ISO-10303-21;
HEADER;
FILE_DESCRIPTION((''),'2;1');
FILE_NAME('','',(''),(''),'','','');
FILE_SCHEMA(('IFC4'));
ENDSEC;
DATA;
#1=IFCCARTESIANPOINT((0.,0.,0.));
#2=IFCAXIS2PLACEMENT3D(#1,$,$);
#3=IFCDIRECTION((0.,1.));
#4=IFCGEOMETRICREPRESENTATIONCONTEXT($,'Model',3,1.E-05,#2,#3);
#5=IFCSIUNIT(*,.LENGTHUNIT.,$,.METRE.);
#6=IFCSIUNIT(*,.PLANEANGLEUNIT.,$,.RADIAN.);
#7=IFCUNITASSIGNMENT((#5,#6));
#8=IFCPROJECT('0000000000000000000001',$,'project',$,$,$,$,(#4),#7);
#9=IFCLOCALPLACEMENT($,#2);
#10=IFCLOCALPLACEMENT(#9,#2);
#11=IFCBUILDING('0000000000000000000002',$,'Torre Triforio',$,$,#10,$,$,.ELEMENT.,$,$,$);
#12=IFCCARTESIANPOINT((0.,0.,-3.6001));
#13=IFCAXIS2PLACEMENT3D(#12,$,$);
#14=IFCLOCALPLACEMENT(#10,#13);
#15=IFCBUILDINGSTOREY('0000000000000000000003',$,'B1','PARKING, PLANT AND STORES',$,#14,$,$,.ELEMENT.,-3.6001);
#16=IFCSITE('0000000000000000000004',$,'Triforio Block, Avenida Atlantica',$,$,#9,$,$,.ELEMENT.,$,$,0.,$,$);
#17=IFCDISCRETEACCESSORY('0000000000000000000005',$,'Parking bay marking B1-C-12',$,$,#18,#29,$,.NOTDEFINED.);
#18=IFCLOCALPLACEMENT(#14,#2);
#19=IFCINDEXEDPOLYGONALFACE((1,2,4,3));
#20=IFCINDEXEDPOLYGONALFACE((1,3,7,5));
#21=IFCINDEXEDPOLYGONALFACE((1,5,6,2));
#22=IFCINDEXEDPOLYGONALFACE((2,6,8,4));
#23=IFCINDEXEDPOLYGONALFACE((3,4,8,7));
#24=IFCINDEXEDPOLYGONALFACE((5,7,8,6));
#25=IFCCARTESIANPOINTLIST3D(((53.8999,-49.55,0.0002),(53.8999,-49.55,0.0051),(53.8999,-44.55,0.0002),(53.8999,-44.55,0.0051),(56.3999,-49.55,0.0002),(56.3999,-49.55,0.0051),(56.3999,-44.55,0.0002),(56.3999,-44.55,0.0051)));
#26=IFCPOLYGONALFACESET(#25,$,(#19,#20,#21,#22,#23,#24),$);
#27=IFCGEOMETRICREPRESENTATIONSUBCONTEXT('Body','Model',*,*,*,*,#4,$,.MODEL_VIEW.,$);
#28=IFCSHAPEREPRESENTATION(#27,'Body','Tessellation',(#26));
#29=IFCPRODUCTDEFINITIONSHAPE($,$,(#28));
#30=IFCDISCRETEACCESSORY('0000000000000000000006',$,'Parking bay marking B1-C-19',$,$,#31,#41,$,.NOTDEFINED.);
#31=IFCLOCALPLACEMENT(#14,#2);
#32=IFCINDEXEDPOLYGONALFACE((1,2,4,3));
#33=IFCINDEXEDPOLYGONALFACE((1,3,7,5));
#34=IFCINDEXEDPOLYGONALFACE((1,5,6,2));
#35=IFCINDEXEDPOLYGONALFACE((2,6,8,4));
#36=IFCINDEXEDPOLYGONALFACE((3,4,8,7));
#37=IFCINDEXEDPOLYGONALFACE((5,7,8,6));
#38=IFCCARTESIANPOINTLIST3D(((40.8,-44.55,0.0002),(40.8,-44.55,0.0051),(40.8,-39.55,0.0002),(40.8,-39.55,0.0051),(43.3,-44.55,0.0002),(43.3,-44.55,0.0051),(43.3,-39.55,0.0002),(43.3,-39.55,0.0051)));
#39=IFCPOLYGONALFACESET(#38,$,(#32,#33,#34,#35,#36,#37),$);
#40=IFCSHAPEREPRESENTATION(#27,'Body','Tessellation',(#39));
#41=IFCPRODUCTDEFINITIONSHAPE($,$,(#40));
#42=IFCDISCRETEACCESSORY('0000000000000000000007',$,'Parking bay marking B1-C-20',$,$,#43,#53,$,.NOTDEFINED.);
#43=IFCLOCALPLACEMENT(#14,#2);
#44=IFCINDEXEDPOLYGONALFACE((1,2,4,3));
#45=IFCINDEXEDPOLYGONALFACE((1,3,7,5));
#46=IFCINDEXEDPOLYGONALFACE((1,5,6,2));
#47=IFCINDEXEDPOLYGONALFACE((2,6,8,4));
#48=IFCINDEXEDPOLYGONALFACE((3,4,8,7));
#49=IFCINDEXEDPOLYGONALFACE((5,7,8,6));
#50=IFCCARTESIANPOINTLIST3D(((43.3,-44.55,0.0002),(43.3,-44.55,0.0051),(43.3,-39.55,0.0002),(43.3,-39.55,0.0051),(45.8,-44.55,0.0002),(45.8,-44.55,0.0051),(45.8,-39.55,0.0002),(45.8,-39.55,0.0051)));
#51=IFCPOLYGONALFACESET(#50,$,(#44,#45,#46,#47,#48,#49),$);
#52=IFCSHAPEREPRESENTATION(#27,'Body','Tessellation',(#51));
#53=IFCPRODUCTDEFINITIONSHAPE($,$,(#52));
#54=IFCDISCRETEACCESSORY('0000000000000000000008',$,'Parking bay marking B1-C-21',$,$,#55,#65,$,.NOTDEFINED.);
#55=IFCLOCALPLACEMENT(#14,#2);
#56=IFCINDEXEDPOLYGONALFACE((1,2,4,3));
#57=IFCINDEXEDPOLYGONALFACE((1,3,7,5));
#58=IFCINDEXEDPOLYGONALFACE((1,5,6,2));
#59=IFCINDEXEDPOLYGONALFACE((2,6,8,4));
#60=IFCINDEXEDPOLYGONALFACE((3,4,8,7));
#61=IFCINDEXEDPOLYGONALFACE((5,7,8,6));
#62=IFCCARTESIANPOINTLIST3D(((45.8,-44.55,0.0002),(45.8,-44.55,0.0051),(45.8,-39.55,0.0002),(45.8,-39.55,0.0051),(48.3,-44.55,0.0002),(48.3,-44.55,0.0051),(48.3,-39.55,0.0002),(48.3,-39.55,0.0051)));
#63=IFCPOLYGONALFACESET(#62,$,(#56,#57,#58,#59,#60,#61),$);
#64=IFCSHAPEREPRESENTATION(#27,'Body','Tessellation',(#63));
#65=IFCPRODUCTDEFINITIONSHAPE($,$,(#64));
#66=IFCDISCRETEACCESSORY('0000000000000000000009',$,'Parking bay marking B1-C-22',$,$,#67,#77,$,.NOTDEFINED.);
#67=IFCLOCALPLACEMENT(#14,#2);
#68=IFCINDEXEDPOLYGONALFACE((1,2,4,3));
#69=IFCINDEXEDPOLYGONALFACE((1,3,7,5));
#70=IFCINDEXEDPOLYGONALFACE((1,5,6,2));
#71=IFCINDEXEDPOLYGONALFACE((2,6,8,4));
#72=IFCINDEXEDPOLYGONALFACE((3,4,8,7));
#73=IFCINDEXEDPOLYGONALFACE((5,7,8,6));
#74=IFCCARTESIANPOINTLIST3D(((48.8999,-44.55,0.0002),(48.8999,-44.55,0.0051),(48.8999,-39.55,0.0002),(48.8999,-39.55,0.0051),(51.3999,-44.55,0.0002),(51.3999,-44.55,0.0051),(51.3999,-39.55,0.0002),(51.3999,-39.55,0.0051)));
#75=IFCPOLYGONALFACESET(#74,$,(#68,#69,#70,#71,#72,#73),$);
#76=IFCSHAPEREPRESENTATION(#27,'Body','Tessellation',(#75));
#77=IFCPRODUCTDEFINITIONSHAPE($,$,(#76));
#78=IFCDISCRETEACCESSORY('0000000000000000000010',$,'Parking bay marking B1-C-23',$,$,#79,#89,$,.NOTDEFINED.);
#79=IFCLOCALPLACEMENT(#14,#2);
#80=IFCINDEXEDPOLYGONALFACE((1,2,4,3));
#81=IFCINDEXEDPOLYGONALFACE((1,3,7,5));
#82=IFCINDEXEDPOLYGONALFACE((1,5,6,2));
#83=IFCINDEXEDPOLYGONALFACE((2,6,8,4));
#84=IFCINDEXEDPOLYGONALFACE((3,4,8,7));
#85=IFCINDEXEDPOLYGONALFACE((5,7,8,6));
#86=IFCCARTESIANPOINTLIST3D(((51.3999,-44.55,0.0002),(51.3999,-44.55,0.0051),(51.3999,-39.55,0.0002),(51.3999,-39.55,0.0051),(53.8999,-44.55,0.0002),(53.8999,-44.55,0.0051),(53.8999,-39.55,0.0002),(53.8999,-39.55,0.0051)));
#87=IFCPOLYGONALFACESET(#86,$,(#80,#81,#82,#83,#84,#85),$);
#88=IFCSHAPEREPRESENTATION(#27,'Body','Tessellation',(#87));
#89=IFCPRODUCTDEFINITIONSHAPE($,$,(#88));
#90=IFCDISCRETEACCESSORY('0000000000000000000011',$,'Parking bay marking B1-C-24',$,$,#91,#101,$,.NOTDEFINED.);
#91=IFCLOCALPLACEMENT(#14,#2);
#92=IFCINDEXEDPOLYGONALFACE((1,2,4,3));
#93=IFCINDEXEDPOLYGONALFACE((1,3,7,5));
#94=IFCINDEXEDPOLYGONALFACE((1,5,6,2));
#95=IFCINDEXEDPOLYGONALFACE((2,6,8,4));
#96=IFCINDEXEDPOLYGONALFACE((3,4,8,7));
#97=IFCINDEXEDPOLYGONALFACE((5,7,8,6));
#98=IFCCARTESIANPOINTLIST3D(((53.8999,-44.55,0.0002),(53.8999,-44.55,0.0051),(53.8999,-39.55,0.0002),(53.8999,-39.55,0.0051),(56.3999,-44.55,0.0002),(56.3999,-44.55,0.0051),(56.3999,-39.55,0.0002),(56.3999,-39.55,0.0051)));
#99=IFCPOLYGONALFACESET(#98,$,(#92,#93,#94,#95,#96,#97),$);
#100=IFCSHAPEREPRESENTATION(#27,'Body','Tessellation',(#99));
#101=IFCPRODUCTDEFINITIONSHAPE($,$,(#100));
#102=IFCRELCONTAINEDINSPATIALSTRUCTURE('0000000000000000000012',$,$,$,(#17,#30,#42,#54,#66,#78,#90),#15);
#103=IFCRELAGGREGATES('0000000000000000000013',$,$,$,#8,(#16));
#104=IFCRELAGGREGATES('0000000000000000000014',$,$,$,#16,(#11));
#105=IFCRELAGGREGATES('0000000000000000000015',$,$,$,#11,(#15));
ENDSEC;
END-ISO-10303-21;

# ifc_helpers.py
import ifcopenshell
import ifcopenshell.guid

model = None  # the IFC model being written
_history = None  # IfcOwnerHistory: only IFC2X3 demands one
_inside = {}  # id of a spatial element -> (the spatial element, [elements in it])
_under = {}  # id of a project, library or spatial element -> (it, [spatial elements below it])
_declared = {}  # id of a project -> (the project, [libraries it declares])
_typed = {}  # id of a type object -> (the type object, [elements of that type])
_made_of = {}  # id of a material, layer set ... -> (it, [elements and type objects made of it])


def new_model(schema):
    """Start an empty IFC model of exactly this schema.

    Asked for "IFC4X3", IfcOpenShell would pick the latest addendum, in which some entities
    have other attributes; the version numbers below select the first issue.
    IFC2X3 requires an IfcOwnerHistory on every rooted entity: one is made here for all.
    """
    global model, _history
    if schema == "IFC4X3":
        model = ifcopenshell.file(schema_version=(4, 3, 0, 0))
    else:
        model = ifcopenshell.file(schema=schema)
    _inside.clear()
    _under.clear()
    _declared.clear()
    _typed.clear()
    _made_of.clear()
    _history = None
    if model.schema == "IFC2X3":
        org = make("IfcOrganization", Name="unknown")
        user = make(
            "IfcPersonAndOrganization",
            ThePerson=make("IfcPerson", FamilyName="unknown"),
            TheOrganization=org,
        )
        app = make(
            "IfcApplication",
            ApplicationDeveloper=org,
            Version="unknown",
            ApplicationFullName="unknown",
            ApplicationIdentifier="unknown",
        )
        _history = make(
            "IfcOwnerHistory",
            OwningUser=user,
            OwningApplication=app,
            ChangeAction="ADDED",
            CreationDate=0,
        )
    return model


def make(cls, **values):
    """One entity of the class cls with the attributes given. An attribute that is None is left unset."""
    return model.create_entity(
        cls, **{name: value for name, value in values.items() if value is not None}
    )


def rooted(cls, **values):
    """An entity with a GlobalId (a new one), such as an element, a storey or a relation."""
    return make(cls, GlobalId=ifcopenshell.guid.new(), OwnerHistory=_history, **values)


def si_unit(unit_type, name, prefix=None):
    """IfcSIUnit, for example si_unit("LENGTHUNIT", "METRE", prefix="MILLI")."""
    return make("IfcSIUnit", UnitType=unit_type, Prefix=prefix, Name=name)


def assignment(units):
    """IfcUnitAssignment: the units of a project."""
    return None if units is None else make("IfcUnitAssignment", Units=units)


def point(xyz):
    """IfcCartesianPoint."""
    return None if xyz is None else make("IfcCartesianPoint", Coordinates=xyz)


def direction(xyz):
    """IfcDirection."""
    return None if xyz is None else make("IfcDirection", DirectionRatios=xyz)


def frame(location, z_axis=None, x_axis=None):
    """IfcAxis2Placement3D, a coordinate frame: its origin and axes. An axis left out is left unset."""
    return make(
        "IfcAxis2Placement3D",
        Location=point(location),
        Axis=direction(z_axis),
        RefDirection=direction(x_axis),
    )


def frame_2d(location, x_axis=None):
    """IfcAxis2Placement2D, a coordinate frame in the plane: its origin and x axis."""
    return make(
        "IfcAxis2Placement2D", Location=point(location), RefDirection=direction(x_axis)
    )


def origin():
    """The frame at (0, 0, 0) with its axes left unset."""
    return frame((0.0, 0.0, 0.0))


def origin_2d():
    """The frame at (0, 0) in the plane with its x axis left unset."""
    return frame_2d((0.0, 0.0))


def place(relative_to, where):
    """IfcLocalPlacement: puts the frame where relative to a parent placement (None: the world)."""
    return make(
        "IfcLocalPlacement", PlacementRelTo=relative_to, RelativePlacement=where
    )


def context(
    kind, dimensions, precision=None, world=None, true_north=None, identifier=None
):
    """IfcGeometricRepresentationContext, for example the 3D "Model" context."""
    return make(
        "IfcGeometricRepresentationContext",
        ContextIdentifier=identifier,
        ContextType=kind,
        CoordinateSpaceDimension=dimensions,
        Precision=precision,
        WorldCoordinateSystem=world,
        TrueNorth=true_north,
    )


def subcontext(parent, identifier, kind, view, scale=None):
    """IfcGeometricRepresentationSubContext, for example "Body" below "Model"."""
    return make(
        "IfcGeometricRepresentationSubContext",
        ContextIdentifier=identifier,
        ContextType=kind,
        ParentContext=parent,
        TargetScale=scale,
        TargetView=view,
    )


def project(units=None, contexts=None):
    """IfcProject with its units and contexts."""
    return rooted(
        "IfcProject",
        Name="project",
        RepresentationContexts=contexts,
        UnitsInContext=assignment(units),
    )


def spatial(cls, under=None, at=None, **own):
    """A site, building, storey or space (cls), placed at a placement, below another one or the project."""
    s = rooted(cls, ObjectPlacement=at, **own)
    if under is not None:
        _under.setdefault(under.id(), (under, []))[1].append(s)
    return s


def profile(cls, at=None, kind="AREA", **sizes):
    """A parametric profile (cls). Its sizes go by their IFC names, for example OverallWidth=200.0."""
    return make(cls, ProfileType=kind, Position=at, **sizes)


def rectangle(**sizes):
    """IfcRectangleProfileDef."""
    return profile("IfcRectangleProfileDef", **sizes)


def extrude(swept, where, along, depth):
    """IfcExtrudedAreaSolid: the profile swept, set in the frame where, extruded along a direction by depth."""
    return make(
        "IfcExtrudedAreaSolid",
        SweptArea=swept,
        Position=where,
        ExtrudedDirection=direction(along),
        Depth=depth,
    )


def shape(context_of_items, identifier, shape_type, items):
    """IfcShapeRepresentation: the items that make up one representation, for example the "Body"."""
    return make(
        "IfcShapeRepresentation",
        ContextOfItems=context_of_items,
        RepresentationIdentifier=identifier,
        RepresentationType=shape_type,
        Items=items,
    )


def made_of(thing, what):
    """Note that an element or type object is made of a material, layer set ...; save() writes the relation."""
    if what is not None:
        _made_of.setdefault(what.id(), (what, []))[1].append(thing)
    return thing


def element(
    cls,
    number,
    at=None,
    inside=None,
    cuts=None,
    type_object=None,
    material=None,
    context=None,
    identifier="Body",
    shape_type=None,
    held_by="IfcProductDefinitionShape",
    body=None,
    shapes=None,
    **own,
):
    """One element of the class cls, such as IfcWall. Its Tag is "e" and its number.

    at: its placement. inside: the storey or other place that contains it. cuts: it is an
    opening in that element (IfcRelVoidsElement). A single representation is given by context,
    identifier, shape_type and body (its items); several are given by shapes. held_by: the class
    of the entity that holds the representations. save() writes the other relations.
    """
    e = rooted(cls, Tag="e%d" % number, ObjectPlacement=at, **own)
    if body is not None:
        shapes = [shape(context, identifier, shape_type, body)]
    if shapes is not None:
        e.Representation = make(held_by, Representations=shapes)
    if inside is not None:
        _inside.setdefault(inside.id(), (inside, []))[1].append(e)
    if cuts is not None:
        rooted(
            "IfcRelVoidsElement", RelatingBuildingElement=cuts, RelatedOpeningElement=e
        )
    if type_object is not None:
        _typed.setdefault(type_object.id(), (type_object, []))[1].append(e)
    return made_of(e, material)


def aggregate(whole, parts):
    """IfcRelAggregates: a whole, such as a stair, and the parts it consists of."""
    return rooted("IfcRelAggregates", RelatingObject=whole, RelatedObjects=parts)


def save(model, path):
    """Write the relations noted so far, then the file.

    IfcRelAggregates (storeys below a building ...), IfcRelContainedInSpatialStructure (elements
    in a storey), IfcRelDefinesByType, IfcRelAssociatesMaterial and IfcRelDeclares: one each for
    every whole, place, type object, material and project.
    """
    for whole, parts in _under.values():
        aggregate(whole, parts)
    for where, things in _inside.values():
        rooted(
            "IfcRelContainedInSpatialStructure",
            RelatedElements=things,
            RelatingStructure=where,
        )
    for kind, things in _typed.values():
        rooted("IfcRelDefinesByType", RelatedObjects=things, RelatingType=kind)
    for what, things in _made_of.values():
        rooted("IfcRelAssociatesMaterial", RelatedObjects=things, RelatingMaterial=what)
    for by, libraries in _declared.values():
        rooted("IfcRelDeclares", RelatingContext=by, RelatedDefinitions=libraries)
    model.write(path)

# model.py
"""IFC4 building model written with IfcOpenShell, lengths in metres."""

from ifc_helpers import new_model, si_unit, direction, frame, origin, origin_2d, place, context, subcontext, project, spatial, rectangle, extrude, element, save


model = new_model("IFC4")

# Units and contexts
model_context = context("Model", 3, precision=1e-05, world=origin(), true_north=direction((0.0, 1.0)))
body_context = subcontext(model_context, "Body", "Model", "MODEL_VIEW")
ifc_project = project(units=[si_unit("LENGTHUNIT", "METRE"), si_unit("PLANEANGLEUNIT", "RADIAN")], contexts=[model_context])

# Site, building, storey
site_placement = place(None, origin())
site = spatial("IfcSite", under=ifc_project, at=site_placement, Name="Triforio Block, Avenida Atlantica", CompositionType="ELEMENT", RefElevation=0.0)
building_placement = place(site_placement, origin())
building = spatial("IfcBuilding", under=site, at=building_placement, Name="Torre Triforio", CompositionType="ELEMENT")
storey_placement = place(building_placement, frame((0.0, 0.0, -3.6001)))
storey = spatial("IfcBuildingStorey", under=building, at=storey_placement, Name="B1", Description="PARKING, PLANT AND STORES", CompositionType="ELEMENT", Elevation=-3.6001)

# Discrete accessories
for number, where, z_axis, x_axis, name in (
    (1, (55.1499, -47.05, 0.0002), (0.0, 0.0, 1.0), (1.0, 0.0, 0.0), "Parking bay marking B1-C-12"),
    (2, (42.05, -42.05, 0.0002), (0.0, 0.0, 1.0), (1.0, 0.0, 0.0), "Parking bay marking B1-C-19"),
    (3, (44.55, -42.05, 0.0002), (0.0, 0.0, 1.0), (1.0, 0.0, 0.0), "Parking bay marking B1-C-20"),
    (4, (47.05, -42.05, 0.0002), (0.0, 0.0, 1.0), (1.0, 0.0, 0.0), "Parking bay marking B1-C-21"),
    (5, (50.1499, -42.05, 0.0002), (0.0, 0.0, 1.0), (1.0, 0.0, 0.0), "Parking bay marking B1-C-22"),
    (6, (52.6499, -42.05, 0.0002), (0.0, 0.0, 1.0), (1.0, 0.0, 0.0), "Parking bay marking B1-C-23"),
    (7, (55.1499, -42.05, 0.0002), (0.0, 0.0, 1.0), (1.0, 0.0, 0.0), "Parking bay marking B1-C-24"),
):
    element("IfcDiscreteAccessory", number, at=place(storey_placement, frame(where, z_axis=z_axis, x_axis=x_axis)), inside=storey, Name=name, PredefinedType="NOTDEFINED", context=body_context, shape_type="SweptSolid", body=[
        extrude(rectangle(XDim=2.5, YDim=5.0, at=origin_2d()), origin(), (0.0, 0.0, 1.0), 0.0049),
    ])

save(model, "model.ifc")
